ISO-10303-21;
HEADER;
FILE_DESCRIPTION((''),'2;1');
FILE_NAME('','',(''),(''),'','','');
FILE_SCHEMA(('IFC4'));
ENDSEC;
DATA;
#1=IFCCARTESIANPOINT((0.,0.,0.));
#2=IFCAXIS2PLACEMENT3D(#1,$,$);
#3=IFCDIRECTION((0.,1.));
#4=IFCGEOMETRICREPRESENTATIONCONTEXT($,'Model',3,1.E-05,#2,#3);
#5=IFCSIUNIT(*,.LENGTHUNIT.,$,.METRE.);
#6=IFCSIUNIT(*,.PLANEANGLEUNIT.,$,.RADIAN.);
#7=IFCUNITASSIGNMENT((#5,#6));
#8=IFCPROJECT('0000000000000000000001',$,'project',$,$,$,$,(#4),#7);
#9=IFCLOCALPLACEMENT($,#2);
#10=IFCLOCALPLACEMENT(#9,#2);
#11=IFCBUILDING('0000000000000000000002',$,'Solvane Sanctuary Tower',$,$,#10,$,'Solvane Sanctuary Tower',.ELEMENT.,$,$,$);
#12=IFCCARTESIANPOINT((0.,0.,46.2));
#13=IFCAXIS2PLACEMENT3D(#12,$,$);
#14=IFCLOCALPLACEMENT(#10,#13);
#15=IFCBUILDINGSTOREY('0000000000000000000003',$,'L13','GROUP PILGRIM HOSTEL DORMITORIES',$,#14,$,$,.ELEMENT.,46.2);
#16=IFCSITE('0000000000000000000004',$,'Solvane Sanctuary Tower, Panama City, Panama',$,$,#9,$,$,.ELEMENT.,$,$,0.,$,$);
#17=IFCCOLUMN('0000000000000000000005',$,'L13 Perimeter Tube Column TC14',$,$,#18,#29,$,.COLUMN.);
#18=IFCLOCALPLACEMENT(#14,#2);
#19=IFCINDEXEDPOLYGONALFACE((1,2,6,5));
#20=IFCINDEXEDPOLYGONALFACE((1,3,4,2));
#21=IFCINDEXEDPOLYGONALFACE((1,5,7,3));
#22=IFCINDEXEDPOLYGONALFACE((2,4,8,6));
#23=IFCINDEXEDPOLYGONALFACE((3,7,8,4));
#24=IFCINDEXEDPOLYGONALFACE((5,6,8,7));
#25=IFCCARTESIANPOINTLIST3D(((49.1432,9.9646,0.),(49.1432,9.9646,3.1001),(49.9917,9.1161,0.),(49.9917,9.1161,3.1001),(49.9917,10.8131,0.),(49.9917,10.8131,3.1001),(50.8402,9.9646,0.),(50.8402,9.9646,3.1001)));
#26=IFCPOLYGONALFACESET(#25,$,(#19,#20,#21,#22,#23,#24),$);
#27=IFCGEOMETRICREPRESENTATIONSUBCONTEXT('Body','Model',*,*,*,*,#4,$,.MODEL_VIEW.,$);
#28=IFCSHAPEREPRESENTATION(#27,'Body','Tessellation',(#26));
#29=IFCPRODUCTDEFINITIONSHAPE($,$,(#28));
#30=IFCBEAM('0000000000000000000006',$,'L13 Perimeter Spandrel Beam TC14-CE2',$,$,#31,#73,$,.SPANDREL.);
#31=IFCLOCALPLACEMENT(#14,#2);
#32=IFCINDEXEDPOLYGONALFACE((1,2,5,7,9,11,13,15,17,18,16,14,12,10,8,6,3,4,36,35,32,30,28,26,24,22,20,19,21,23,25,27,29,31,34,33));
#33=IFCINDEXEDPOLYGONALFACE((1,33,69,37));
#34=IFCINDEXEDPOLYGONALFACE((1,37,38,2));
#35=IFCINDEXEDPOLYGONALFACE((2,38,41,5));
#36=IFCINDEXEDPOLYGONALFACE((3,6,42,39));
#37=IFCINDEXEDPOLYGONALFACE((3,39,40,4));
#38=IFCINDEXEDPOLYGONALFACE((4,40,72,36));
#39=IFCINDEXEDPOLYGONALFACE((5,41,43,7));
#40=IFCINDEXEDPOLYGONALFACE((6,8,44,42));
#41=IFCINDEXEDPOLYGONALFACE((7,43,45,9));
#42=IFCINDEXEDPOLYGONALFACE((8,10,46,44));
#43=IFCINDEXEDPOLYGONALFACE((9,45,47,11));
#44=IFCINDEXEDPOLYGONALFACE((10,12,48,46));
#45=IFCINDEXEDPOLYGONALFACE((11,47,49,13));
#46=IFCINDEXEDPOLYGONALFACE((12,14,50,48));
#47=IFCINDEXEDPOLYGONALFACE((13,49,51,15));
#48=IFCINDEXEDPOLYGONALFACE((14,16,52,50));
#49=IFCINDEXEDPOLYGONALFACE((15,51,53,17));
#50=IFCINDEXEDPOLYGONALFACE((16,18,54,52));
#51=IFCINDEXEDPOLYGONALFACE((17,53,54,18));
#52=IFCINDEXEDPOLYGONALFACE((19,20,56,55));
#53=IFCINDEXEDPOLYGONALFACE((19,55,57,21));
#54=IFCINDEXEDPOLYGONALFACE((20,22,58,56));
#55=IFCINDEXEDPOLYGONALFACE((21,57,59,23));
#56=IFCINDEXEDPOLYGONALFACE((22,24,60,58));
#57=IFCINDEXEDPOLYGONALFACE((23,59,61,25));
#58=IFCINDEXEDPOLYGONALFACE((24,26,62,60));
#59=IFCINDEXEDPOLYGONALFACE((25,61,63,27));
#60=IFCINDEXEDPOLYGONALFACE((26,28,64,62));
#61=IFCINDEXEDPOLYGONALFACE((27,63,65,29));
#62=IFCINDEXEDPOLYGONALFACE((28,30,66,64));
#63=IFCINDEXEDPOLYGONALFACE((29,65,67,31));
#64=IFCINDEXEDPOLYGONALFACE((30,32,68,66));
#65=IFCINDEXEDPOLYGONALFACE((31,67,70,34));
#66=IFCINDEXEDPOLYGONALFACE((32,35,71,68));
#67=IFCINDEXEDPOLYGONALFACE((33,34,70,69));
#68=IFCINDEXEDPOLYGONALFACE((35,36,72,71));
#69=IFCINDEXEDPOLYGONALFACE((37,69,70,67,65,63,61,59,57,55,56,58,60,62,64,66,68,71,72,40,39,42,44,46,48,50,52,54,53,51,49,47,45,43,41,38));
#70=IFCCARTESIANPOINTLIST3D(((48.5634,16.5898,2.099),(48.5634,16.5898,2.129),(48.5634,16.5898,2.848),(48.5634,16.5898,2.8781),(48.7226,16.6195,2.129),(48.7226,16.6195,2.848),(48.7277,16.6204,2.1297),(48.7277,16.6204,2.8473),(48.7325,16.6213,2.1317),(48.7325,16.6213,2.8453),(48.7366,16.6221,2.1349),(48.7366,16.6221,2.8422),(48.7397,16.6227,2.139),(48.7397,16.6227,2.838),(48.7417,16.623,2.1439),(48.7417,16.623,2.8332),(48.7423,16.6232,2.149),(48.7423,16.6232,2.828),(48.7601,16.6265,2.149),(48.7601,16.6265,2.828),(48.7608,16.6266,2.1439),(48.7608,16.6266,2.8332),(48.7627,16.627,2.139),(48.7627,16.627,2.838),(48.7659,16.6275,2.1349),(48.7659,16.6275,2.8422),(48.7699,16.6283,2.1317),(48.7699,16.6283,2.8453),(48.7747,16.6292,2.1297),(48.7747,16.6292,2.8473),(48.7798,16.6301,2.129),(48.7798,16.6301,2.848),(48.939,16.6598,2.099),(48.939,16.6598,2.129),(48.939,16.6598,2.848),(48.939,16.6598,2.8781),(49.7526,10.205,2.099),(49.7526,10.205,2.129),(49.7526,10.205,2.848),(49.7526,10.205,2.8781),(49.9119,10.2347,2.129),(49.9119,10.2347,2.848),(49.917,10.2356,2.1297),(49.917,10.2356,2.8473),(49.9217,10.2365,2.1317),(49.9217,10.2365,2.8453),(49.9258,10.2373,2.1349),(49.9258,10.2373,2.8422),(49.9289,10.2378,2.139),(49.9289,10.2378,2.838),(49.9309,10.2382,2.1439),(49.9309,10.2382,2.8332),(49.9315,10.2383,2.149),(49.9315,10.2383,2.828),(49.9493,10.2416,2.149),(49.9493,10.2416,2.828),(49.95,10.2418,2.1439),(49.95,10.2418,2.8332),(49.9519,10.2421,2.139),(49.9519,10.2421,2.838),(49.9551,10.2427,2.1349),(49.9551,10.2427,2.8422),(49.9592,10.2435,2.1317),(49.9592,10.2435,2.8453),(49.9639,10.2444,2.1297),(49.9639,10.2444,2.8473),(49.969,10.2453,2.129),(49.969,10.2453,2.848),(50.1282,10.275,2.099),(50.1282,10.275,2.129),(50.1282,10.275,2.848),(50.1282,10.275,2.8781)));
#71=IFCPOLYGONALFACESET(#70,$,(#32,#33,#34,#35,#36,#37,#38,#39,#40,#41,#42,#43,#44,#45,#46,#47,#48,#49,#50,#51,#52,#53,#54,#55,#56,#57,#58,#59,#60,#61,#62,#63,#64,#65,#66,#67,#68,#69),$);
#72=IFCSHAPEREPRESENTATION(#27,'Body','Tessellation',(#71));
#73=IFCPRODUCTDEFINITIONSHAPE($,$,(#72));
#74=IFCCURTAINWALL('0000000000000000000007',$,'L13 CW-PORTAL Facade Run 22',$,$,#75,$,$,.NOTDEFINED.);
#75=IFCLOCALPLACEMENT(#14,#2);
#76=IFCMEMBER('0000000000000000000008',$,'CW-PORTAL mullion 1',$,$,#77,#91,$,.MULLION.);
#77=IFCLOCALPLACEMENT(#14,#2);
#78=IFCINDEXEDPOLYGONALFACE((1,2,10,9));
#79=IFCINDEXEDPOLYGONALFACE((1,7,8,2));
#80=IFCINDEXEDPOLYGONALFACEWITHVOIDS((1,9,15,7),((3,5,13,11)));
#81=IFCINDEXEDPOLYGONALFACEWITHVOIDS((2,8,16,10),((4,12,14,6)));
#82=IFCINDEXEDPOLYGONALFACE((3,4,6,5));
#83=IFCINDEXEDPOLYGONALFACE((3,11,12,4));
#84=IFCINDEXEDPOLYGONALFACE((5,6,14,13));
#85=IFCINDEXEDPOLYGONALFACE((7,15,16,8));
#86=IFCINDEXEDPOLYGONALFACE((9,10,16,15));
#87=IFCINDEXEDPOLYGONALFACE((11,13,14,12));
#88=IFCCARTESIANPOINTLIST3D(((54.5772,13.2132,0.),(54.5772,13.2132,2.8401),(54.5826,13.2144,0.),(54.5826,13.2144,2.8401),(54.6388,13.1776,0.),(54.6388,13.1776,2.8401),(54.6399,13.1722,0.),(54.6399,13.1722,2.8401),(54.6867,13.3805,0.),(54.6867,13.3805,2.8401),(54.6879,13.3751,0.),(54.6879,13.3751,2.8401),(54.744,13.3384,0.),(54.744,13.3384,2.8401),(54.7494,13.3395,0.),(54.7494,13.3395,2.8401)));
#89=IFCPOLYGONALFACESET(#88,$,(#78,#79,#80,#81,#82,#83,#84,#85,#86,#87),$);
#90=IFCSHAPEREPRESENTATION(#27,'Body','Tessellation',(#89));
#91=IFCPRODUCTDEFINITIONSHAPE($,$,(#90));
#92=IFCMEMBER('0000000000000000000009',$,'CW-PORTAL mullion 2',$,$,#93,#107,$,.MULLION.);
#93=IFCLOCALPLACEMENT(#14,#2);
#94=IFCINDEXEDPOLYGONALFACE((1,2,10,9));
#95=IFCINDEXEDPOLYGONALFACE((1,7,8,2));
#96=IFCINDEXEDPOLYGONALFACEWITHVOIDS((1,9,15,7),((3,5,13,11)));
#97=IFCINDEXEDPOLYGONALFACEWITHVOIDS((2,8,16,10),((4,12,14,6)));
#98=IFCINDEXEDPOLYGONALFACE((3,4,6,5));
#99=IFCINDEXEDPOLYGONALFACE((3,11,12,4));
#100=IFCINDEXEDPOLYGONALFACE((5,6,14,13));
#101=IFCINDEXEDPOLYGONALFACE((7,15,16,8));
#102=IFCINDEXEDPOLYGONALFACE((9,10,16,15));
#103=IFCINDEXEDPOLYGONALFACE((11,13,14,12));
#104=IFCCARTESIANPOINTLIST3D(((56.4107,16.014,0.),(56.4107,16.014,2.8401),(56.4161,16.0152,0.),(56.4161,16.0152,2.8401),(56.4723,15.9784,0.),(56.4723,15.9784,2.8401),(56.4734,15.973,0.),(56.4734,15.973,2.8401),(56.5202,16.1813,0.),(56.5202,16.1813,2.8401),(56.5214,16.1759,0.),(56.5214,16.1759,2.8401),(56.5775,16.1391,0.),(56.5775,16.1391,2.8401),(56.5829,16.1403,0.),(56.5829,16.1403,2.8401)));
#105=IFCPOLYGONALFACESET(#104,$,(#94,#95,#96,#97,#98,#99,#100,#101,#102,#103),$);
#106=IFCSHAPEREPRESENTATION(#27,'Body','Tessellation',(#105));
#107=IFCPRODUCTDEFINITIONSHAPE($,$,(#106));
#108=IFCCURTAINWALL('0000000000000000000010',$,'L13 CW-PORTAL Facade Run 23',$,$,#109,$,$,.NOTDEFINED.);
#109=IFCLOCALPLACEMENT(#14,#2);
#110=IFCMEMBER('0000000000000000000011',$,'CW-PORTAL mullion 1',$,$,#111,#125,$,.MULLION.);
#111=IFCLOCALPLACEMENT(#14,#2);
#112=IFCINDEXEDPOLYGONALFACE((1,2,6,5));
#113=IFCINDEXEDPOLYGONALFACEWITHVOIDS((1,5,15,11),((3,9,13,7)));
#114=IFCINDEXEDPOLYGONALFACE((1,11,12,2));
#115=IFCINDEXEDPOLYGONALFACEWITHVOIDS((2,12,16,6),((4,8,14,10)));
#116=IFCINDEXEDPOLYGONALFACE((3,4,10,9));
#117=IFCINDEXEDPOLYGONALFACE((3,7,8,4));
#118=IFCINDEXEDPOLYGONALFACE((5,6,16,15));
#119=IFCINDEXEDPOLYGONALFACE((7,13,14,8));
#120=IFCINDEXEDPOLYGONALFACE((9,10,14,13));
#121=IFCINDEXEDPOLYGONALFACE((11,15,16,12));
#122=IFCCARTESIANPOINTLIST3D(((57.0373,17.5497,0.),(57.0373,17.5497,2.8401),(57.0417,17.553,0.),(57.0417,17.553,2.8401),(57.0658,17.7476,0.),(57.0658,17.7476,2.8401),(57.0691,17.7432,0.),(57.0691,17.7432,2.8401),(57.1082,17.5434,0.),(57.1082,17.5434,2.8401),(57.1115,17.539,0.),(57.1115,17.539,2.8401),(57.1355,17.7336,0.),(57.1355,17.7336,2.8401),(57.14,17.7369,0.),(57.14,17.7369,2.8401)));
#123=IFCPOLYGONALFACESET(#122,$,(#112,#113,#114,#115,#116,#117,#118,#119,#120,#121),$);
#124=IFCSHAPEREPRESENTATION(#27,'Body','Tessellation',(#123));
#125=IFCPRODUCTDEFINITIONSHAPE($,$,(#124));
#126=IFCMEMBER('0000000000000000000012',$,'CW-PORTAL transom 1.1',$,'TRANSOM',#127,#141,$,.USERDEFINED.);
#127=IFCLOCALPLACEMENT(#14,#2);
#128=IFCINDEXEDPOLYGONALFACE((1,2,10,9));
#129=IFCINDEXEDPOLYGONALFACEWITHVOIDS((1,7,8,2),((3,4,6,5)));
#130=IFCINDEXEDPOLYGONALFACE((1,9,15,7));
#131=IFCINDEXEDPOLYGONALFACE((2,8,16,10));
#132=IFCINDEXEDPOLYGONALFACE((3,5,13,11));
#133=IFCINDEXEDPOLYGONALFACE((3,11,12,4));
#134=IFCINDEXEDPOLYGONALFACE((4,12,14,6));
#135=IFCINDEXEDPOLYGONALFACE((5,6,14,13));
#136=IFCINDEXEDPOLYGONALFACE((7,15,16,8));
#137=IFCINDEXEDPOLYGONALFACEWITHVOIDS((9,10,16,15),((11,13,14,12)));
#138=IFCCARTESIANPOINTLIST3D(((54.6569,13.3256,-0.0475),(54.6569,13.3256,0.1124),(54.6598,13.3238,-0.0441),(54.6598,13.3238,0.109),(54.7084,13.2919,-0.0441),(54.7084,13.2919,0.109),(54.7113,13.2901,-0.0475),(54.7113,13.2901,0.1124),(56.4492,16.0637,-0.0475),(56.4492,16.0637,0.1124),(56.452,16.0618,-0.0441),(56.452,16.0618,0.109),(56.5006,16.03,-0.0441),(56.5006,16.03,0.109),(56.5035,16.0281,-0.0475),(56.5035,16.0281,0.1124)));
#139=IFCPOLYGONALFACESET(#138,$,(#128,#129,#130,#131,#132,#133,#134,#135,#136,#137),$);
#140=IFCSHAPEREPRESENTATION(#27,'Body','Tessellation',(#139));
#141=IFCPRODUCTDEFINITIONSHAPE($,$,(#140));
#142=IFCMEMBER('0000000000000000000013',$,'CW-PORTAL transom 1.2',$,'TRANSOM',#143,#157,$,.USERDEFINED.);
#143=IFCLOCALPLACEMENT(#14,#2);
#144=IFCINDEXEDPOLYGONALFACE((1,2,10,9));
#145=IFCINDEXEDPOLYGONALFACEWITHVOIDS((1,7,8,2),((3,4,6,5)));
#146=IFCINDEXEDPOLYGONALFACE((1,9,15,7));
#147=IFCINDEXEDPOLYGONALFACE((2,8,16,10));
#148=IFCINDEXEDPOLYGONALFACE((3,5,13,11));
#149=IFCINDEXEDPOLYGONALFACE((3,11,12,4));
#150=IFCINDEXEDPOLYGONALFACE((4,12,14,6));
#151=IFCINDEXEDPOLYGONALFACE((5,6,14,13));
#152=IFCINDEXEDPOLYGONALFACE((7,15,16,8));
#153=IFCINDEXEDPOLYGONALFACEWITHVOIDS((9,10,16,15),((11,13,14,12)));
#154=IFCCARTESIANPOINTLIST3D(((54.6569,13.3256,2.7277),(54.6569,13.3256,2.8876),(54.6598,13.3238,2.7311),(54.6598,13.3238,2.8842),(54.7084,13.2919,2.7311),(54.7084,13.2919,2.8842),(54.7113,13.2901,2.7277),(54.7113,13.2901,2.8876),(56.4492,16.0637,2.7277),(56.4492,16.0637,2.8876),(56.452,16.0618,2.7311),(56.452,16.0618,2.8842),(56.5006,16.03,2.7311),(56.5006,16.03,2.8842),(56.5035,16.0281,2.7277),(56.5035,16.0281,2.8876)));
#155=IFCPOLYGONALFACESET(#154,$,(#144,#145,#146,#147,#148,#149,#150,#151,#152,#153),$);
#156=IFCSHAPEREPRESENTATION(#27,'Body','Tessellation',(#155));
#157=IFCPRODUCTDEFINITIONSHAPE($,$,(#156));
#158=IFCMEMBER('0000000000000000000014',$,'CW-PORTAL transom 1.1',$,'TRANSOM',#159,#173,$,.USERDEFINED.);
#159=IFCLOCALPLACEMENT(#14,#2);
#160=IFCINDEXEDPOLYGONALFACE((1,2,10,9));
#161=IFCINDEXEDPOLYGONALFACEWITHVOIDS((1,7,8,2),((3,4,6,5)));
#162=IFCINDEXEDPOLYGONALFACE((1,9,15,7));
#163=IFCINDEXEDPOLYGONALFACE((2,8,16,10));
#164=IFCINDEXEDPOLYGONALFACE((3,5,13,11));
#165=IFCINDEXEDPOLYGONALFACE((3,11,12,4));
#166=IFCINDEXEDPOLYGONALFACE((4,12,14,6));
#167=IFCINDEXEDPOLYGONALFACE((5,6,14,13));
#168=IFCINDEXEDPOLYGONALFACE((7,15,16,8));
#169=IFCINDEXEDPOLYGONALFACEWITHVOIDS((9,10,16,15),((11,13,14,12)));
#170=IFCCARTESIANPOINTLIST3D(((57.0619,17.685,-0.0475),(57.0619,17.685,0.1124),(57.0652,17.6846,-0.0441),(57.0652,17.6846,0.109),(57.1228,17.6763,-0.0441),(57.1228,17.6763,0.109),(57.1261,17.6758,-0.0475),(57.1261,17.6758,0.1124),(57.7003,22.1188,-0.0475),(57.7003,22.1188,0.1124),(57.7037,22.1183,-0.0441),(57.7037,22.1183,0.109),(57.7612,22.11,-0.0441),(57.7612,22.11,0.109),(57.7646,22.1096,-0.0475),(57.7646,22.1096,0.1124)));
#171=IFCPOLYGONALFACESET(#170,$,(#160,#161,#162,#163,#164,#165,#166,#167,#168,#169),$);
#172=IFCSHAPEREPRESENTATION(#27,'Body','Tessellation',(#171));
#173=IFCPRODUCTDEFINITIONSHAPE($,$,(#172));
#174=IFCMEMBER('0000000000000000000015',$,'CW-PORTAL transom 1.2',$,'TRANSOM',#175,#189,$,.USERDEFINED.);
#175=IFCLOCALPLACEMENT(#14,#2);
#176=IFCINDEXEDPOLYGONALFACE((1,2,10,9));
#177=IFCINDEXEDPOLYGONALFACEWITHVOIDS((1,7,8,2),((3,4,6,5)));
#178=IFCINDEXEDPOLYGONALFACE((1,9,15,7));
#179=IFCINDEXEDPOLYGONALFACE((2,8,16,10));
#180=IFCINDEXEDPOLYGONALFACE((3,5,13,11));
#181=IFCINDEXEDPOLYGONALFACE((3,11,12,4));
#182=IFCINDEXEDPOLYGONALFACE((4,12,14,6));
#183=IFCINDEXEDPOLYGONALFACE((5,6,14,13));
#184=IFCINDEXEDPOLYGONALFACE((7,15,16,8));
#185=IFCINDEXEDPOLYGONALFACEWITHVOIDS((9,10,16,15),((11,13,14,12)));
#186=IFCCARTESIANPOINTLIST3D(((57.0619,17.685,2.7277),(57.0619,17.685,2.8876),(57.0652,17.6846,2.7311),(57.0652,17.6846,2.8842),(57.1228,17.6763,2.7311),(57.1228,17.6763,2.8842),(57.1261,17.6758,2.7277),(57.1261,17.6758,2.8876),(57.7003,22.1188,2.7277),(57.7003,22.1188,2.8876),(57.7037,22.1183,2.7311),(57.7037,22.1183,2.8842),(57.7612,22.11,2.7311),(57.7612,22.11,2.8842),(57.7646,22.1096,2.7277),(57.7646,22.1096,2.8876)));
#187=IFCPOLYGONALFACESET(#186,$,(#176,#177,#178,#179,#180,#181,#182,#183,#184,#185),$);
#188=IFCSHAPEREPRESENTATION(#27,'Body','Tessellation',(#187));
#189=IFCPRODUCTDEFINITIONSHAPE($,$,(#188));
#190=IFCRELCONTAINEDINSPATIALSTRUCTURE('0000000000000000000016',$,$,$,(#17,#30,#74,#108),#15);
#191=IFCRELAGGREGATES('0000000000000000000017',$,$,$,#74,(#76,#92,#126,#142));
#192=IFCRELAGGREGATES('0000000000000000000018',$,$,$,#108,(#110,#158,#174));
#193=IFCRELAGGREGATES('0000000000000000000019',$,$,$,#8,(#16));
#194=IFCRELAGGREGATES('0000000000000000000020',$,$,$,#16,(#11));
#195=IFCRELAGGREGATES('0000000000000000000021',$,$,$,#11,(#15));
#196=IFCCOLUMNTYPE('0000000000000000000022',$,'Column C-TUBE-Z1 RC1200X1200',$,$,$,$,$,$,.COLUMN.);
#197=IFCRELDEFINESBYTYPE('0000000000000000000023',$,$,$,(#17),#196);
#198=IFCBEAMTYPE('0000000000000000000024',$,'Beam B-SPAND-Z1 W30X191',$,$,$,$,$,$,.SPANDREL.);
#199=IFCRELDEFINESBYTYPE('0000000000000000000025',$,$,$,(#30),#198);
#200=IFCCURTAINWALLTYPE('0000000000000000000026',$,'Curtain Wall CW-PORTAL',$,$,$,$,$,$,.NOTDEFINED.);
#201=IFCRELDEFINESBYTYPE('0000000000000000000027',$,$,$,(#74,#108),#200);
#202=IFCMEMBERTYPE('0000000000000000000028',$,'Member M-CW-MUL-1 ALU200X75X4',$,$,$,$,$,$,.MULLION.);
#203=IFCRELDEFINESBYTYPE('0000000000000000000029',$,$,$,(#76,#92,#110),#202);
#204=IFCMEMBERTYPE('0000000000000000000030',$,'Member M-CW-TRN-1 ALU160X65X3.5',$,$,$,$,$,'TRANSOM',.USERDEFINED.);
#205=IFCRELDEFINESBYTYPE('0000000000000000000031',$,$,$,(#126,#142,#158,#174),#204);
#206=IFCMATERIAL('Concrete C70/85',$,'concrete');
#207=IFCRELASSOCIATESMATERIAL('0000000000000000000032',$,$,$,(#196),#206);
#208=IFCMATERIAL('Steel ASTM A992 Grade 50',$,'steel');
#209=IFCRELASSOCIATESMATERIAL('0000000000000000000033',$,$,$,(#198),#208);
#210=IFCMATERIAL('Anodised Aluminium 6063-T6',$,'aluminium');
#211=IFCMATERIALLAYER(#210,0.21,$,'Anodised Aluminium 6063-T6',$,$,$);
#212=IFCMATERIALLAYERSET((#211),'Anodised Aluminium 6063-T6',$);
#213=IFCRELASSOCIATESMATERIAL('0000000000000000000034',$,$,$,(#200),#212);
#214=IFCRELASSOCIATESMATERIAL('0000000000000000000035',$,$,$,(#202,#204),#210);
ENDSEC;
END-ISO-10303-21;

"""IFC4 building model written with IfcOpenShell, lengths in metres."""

from ifc_helpers import new_model, si_unit, direction, frame, origin, origin_2d, place, context, subcontext, project, spatial, rectangle, hollow_rectangle, i_section, extrude, material, layer, layer_set, material_profile, profile_set, type_object, element, aggregate, save


model = new_model("IFC4")

# Units and contexts
model_context = context("Model", 3, precision=1e-05, world=origin(), true_north=direction((0.0, 1.0)))
body_context = subcontext(model_context, "Body", "Model", "MODEL_VIEW")
ifc_project = project(units=[si_unit("LENGTHUNIT", "METRE"), si_unit("PLANEANGLEUNIT", "RADIAN")], contexts=[model_context])

# Site, building, storey
site_placement = place(None, origin())
site = spatial("IfcSite", under=ifc_project, at=site_placement, Name="Solvane Sanctuary Tower, Panama City, Panama", CompositionType="ELEMENT", RefElevation=0.0)
building_placement = place(site_placement, origin())
building = spatial("IfcBuilding", under=site, at=building_placement, Name="Solvane Sanctuary Tower", LongName="Solvane Sanctuary Tower", CompositionType="ELEMENT")
storey_placement = place(building_placement, frame((0.0, 0.0, 46.2)))
storey = spatial("IfcBuildingStorey", under=building, at=storey_placement, Name="L13", Description="GROUP PILGRIM HOSTEL DORMITORIES", CompositionType="ELEMENT", Elevation=46.2)

# Column
ifc_material_1 = material(Name="Concrete C70/85", Category="concrete")
ifc_material_profile_1 = material_profile(ifc_material_1, rectangle(XDim=1.2, YDim=1.2, at=origin_2d()), Name="RC1200X1200")
ifc_profile_set_1 = profile_set([ifc_material_profile_1], Name="Concrete C70/85")
column_type = type_object("IfcColumnType", Name="Column C-TUBE-Z1 RC1200X1200", PredefinedType="COLUMN", material=ifc_profile_set_1)
column_placement = place(storey_placement, frame((49.9917, 9.9646, 0.0), z_axis=(0.0, 0.0, 1.0), x_axis=(0.707107, -0.707107, 0.0)))
element("IfcColumn", 1, at=column_placement, inside=storey, type_object=column_type, Name="L13 Perimeter Tube Column TC14", PredefinedType="COLUMN", context=body_context, shape_type="SweptSolid", body=[
    extrude(rectangle(XDim=1.2, YDim=1.2, at=origin_2d()), origin(), (0.0, 0.0, 1.0), 3.1001),
])

# Beam
ifc_material_2 = material(Name="Steel ASTM A992 Grade 50", Category="steel")
ifc_material_profile_2 = material_profile(ifc_material_2, i_section(OverallWidth=0.3821, OverallDepth=0.7791, WebThickness=0.0181, FlangeThickness=0.03, FilletRadius=0.02, at=origin_2d()), Name="W30X191")
ifc_profile_set_2 = profile_set([ifc_material_profile_2], Name="Steel ASTM A992 Grade 50")
beam_type = type_object("IfcBeamType", Name="Beam B-SPAND-Z1 W30X191", PredefinedType="SPANDREL", material=ifc_profile_set_2)
beam_placement = place(storey_placement, frame((49.9404, 10.24, 2.4885), z_axis=(-0.183108, 0.983093, 0.0), x_axis=(-0.983093, -0.183108, 0.0)))
element("IfcBeam", 2, at=beam_placement, inside=storey, type_object=beam_type, Name="L13 Perimeter Spandrel Beam TC14-CE2", PredefinedType="SPANDREL", context=body_context, shape_type="SweptSolid", body=[
    extrude(i_section(OverallWidth=0.3821, OverallDepth=0.7791, WebThickness=0.0181, FlangeThickness=0.03, FilletRadius=0.02, at=origin_2d()), origin(), (0.0, 0.0, 1.0), 6.4946),
])

# Curtain wall, members
ifc_material_3 = material(Name="Anodised Aluminium 6063-T6", Category="aluminium")
ifc_layer_1 = layer(ifc_material_3, 0.21, Name="Anodised Aluminium 6063-T6")
ifc_layer_set_1 = layer_set([ifc_layer_1], Name="Anodised Aluminium 6063-T6")
curtain_wall_type = type_object("IfcCurtainWallType", Name="Curtain Wall CW-PORTAL", PredefinedType="NOTDEFINED", material=ifc_layer_set_1)
curtain_wall_1_placement = place(storey_placement, origin())
curtain_wall_1 = element("IfcCurtainWall", 3, at=curtain_wall_1_placement, inside=storey, type_object=curtain_wall_type, Name="L13 CW-PORTAL Facade Run 22", PredefinedType="NOTDEFINED")
ifc_material_profile_3 = material_profile(ifc_material_3, hollow_rectangle(XDim=0.075, YDim=0.2, WallThickness=0.0039, at=origin_2d()), Name="ALU200X75X4")
ifc_profile_set_3 = profile_set([ifc_material_profile_3], Name="Anodised Aluminium 6063-T6")
member_type_1 = type_object("IfcMemberType", Name="Member M-CW-MUL-1 ALU200X75X4", PredefinedType="MULLION", material=ifc_profile_set_3)
member_1_placement = place(storey_placement, frame((54.6633, 13.2764, 0.0), z_axis=(0.0, 0.0, 1.0), x_axis=(-0.836674, 0.547702, 0.0)))
member_1 = element("IfcMember", 4, at=member_1_placement, type_object=member_type_1, Name="CW-PORTAL mullion 1", PredefinedType="MULLION", context=body_context, shape_type="SweptSolid", body=[
    extrude(hollow_rectangle(XDim=0.075, YDim=0.2, WallThickness=0.0039, at=origin_2d()), origin(), (0.0, 0.0, 1.0), 2.8401),
])
member_2_placement = place(storey_placement, frame((56.4968, 16.0771, 0.0), z_axis=(0.0, 0.0, 1.0), x_axis=(-0.836674, 0.547702, 0.0)))
member_2 = element("IfcMember", 5, at=member_2_placement, type_object=member_type_1, Name="CW-PORTAL mullion 2", PredefinedType="MULLION", context=body_context, shape_type="SweptSolid", body=[
    extrude(hollow_rectangle(XDim=0.075, YDim=0.2, WallThickness=0.0039, at=origin_2d()), origin(), (0.0, 0.0, 1.0), 2.8401),
])

# Curtain wall, member
curtain_wall_2_placement = place(storey_placement, origin())
curtain_wall_2 = element("IfcCurtainWall", 6, at=curtain_wall_2_placement, inside=storey, type_object=curtain_wall_type, Name="L13 CW-PORTAL Facade Run 23", PredefinedType="NOTDEFINED")
member_3_placement = place(storey_placement, frame((57.0886, 17.6433, 0.0), z_axis=(0.0, 0.0, 1.0), x_axis=(-0.989794, 0.142504, 0.0)))
member_3 = element("IfcMember", 7, at=member_3_placement, type_object=member_type_1, Name="CW-PORTAL mullion 1", PredefinedType="MULLION", context=body_context, shape_type="SweptSolid", body=[
    extrude(hollow_rectangle(XDim=0.075, YDim=0.2, WallThickness=0.0039, at=origin_2d()), origin(), (0.0, 0.0, 1.0), 2.8401),
])

# Members
ifc_material_profile_4 = material_profile(ifc_material_3, hollow_rectangle(XDim=0.0649, YDim=0.1599, WallThickness=0.0034, at=origin_2d()), Name="ALU160X65X3.5")
ifc_profile_set_4 = profile_set([ifc_material_profile_4], Name="Anodised Aluminium 6063-T6")
member_type_2 = type_object("IfcMemberType", Name="Member M-CW-TRN-1 ALU160X65X3.5", ElementType="TRANSOM", PredefinedType="USERDEFINED", material=ifc_profile_set_4)
member_4_placement = place(storey_placement, frame((54.6841, 13.3079, 0.0325), z_axis=(0.547673, 0.836692, 0.0), x_axis=(-0.836692, 0.547673, 0.0)))
member_4 = element("IfcMember", 8, at=member_4_placement, type_object=member_type_2, Name="CW-PORTAL transom 1.1", ObjectType="TRANSOM", PredefinedType="USERDEFINED", context=body_context, shape_type="SweptSolid", body=[
    extrude(hollow_rectangle(XDim=0.0649, YDim=0.1599, WallThickness=0.0034, at=origin_2d()), origin(), (0.0, 0.0, 1.0), 3.2725),
])
member_5_placement = place(storey_placement, frame((54.6841, 13.3079, 2.8076), z_axis=(0.547673, 0.836692, 0.0), x_axis=(-0.836692, 0.547673, 0.0)))
member_5 = element("IfcMember", 9, at=member_5_placement, type_object=member_type_2, Name="CW-PORTAL transom 1.2", ObjectType="TRANSOM", PredefinedType="USERDEFINED", context=body_context, shape_type="SweptSolid", body=[
    extrude(hollow_rectangle(XDim=0.0649, YDim=0.1599, WallThickness=0.0034, at=origin_2d()), origin(), (0.0, 0.0, 1.0), 3.2725),
])
member_6_placement = place(storey_placement, frame((57.094, 17.6804, 0.0325), z_axis=(0.14252, 0.989792, 0.0), x_axis=(-0.989792, 0.14252, 0.0)))
member_6 = element("IfcMember", 10, at=member_6_placement, type_object=member_type_2, Name="CW-PORTAL transom 1.1", ObjectType="TRANSOM", PredefinedType="USERDEFINED", context=body_context, shape_type="SweptSolid", body=[
    extrude(hollow_rectangle(XDim=0.0649, YDim=0.1599, WallThickness=0.0034, at=origin_2d()), origin(), (0.0, 0.0, 1.0), 4.4795),
])
member_7_placement = place(storey_placement, frame((57.094, 17.6804, 2.8076), z_axis=(0.14252, 0.989792, 0.0), x_axis=(-0.989792, 0.14252, 0.0)))
member_7 = element("IfcMember", 11, at=member_7_placement, type_object=member_type_2, Name="CW-PORTAL transom 1.2", ObjectType="TRANSOM", PredefinedType="USERDEFINED", context=body_context, shape_type="SweptSolid", body=[
    extrude(hollow_rectangle(XDim=0.0649, YDim=0.1599, WallThickness=0.0034, at=origin_2d()), origin(), (0.0, 0.0, 1.0), 4.4795),
])

aggregate(curtain_wall_1, [member_1, member_2, member_4, member_5])
aggregate(curtain_wall_2, [member_3, member_6, member_7])

save(model, "model.ifc")
